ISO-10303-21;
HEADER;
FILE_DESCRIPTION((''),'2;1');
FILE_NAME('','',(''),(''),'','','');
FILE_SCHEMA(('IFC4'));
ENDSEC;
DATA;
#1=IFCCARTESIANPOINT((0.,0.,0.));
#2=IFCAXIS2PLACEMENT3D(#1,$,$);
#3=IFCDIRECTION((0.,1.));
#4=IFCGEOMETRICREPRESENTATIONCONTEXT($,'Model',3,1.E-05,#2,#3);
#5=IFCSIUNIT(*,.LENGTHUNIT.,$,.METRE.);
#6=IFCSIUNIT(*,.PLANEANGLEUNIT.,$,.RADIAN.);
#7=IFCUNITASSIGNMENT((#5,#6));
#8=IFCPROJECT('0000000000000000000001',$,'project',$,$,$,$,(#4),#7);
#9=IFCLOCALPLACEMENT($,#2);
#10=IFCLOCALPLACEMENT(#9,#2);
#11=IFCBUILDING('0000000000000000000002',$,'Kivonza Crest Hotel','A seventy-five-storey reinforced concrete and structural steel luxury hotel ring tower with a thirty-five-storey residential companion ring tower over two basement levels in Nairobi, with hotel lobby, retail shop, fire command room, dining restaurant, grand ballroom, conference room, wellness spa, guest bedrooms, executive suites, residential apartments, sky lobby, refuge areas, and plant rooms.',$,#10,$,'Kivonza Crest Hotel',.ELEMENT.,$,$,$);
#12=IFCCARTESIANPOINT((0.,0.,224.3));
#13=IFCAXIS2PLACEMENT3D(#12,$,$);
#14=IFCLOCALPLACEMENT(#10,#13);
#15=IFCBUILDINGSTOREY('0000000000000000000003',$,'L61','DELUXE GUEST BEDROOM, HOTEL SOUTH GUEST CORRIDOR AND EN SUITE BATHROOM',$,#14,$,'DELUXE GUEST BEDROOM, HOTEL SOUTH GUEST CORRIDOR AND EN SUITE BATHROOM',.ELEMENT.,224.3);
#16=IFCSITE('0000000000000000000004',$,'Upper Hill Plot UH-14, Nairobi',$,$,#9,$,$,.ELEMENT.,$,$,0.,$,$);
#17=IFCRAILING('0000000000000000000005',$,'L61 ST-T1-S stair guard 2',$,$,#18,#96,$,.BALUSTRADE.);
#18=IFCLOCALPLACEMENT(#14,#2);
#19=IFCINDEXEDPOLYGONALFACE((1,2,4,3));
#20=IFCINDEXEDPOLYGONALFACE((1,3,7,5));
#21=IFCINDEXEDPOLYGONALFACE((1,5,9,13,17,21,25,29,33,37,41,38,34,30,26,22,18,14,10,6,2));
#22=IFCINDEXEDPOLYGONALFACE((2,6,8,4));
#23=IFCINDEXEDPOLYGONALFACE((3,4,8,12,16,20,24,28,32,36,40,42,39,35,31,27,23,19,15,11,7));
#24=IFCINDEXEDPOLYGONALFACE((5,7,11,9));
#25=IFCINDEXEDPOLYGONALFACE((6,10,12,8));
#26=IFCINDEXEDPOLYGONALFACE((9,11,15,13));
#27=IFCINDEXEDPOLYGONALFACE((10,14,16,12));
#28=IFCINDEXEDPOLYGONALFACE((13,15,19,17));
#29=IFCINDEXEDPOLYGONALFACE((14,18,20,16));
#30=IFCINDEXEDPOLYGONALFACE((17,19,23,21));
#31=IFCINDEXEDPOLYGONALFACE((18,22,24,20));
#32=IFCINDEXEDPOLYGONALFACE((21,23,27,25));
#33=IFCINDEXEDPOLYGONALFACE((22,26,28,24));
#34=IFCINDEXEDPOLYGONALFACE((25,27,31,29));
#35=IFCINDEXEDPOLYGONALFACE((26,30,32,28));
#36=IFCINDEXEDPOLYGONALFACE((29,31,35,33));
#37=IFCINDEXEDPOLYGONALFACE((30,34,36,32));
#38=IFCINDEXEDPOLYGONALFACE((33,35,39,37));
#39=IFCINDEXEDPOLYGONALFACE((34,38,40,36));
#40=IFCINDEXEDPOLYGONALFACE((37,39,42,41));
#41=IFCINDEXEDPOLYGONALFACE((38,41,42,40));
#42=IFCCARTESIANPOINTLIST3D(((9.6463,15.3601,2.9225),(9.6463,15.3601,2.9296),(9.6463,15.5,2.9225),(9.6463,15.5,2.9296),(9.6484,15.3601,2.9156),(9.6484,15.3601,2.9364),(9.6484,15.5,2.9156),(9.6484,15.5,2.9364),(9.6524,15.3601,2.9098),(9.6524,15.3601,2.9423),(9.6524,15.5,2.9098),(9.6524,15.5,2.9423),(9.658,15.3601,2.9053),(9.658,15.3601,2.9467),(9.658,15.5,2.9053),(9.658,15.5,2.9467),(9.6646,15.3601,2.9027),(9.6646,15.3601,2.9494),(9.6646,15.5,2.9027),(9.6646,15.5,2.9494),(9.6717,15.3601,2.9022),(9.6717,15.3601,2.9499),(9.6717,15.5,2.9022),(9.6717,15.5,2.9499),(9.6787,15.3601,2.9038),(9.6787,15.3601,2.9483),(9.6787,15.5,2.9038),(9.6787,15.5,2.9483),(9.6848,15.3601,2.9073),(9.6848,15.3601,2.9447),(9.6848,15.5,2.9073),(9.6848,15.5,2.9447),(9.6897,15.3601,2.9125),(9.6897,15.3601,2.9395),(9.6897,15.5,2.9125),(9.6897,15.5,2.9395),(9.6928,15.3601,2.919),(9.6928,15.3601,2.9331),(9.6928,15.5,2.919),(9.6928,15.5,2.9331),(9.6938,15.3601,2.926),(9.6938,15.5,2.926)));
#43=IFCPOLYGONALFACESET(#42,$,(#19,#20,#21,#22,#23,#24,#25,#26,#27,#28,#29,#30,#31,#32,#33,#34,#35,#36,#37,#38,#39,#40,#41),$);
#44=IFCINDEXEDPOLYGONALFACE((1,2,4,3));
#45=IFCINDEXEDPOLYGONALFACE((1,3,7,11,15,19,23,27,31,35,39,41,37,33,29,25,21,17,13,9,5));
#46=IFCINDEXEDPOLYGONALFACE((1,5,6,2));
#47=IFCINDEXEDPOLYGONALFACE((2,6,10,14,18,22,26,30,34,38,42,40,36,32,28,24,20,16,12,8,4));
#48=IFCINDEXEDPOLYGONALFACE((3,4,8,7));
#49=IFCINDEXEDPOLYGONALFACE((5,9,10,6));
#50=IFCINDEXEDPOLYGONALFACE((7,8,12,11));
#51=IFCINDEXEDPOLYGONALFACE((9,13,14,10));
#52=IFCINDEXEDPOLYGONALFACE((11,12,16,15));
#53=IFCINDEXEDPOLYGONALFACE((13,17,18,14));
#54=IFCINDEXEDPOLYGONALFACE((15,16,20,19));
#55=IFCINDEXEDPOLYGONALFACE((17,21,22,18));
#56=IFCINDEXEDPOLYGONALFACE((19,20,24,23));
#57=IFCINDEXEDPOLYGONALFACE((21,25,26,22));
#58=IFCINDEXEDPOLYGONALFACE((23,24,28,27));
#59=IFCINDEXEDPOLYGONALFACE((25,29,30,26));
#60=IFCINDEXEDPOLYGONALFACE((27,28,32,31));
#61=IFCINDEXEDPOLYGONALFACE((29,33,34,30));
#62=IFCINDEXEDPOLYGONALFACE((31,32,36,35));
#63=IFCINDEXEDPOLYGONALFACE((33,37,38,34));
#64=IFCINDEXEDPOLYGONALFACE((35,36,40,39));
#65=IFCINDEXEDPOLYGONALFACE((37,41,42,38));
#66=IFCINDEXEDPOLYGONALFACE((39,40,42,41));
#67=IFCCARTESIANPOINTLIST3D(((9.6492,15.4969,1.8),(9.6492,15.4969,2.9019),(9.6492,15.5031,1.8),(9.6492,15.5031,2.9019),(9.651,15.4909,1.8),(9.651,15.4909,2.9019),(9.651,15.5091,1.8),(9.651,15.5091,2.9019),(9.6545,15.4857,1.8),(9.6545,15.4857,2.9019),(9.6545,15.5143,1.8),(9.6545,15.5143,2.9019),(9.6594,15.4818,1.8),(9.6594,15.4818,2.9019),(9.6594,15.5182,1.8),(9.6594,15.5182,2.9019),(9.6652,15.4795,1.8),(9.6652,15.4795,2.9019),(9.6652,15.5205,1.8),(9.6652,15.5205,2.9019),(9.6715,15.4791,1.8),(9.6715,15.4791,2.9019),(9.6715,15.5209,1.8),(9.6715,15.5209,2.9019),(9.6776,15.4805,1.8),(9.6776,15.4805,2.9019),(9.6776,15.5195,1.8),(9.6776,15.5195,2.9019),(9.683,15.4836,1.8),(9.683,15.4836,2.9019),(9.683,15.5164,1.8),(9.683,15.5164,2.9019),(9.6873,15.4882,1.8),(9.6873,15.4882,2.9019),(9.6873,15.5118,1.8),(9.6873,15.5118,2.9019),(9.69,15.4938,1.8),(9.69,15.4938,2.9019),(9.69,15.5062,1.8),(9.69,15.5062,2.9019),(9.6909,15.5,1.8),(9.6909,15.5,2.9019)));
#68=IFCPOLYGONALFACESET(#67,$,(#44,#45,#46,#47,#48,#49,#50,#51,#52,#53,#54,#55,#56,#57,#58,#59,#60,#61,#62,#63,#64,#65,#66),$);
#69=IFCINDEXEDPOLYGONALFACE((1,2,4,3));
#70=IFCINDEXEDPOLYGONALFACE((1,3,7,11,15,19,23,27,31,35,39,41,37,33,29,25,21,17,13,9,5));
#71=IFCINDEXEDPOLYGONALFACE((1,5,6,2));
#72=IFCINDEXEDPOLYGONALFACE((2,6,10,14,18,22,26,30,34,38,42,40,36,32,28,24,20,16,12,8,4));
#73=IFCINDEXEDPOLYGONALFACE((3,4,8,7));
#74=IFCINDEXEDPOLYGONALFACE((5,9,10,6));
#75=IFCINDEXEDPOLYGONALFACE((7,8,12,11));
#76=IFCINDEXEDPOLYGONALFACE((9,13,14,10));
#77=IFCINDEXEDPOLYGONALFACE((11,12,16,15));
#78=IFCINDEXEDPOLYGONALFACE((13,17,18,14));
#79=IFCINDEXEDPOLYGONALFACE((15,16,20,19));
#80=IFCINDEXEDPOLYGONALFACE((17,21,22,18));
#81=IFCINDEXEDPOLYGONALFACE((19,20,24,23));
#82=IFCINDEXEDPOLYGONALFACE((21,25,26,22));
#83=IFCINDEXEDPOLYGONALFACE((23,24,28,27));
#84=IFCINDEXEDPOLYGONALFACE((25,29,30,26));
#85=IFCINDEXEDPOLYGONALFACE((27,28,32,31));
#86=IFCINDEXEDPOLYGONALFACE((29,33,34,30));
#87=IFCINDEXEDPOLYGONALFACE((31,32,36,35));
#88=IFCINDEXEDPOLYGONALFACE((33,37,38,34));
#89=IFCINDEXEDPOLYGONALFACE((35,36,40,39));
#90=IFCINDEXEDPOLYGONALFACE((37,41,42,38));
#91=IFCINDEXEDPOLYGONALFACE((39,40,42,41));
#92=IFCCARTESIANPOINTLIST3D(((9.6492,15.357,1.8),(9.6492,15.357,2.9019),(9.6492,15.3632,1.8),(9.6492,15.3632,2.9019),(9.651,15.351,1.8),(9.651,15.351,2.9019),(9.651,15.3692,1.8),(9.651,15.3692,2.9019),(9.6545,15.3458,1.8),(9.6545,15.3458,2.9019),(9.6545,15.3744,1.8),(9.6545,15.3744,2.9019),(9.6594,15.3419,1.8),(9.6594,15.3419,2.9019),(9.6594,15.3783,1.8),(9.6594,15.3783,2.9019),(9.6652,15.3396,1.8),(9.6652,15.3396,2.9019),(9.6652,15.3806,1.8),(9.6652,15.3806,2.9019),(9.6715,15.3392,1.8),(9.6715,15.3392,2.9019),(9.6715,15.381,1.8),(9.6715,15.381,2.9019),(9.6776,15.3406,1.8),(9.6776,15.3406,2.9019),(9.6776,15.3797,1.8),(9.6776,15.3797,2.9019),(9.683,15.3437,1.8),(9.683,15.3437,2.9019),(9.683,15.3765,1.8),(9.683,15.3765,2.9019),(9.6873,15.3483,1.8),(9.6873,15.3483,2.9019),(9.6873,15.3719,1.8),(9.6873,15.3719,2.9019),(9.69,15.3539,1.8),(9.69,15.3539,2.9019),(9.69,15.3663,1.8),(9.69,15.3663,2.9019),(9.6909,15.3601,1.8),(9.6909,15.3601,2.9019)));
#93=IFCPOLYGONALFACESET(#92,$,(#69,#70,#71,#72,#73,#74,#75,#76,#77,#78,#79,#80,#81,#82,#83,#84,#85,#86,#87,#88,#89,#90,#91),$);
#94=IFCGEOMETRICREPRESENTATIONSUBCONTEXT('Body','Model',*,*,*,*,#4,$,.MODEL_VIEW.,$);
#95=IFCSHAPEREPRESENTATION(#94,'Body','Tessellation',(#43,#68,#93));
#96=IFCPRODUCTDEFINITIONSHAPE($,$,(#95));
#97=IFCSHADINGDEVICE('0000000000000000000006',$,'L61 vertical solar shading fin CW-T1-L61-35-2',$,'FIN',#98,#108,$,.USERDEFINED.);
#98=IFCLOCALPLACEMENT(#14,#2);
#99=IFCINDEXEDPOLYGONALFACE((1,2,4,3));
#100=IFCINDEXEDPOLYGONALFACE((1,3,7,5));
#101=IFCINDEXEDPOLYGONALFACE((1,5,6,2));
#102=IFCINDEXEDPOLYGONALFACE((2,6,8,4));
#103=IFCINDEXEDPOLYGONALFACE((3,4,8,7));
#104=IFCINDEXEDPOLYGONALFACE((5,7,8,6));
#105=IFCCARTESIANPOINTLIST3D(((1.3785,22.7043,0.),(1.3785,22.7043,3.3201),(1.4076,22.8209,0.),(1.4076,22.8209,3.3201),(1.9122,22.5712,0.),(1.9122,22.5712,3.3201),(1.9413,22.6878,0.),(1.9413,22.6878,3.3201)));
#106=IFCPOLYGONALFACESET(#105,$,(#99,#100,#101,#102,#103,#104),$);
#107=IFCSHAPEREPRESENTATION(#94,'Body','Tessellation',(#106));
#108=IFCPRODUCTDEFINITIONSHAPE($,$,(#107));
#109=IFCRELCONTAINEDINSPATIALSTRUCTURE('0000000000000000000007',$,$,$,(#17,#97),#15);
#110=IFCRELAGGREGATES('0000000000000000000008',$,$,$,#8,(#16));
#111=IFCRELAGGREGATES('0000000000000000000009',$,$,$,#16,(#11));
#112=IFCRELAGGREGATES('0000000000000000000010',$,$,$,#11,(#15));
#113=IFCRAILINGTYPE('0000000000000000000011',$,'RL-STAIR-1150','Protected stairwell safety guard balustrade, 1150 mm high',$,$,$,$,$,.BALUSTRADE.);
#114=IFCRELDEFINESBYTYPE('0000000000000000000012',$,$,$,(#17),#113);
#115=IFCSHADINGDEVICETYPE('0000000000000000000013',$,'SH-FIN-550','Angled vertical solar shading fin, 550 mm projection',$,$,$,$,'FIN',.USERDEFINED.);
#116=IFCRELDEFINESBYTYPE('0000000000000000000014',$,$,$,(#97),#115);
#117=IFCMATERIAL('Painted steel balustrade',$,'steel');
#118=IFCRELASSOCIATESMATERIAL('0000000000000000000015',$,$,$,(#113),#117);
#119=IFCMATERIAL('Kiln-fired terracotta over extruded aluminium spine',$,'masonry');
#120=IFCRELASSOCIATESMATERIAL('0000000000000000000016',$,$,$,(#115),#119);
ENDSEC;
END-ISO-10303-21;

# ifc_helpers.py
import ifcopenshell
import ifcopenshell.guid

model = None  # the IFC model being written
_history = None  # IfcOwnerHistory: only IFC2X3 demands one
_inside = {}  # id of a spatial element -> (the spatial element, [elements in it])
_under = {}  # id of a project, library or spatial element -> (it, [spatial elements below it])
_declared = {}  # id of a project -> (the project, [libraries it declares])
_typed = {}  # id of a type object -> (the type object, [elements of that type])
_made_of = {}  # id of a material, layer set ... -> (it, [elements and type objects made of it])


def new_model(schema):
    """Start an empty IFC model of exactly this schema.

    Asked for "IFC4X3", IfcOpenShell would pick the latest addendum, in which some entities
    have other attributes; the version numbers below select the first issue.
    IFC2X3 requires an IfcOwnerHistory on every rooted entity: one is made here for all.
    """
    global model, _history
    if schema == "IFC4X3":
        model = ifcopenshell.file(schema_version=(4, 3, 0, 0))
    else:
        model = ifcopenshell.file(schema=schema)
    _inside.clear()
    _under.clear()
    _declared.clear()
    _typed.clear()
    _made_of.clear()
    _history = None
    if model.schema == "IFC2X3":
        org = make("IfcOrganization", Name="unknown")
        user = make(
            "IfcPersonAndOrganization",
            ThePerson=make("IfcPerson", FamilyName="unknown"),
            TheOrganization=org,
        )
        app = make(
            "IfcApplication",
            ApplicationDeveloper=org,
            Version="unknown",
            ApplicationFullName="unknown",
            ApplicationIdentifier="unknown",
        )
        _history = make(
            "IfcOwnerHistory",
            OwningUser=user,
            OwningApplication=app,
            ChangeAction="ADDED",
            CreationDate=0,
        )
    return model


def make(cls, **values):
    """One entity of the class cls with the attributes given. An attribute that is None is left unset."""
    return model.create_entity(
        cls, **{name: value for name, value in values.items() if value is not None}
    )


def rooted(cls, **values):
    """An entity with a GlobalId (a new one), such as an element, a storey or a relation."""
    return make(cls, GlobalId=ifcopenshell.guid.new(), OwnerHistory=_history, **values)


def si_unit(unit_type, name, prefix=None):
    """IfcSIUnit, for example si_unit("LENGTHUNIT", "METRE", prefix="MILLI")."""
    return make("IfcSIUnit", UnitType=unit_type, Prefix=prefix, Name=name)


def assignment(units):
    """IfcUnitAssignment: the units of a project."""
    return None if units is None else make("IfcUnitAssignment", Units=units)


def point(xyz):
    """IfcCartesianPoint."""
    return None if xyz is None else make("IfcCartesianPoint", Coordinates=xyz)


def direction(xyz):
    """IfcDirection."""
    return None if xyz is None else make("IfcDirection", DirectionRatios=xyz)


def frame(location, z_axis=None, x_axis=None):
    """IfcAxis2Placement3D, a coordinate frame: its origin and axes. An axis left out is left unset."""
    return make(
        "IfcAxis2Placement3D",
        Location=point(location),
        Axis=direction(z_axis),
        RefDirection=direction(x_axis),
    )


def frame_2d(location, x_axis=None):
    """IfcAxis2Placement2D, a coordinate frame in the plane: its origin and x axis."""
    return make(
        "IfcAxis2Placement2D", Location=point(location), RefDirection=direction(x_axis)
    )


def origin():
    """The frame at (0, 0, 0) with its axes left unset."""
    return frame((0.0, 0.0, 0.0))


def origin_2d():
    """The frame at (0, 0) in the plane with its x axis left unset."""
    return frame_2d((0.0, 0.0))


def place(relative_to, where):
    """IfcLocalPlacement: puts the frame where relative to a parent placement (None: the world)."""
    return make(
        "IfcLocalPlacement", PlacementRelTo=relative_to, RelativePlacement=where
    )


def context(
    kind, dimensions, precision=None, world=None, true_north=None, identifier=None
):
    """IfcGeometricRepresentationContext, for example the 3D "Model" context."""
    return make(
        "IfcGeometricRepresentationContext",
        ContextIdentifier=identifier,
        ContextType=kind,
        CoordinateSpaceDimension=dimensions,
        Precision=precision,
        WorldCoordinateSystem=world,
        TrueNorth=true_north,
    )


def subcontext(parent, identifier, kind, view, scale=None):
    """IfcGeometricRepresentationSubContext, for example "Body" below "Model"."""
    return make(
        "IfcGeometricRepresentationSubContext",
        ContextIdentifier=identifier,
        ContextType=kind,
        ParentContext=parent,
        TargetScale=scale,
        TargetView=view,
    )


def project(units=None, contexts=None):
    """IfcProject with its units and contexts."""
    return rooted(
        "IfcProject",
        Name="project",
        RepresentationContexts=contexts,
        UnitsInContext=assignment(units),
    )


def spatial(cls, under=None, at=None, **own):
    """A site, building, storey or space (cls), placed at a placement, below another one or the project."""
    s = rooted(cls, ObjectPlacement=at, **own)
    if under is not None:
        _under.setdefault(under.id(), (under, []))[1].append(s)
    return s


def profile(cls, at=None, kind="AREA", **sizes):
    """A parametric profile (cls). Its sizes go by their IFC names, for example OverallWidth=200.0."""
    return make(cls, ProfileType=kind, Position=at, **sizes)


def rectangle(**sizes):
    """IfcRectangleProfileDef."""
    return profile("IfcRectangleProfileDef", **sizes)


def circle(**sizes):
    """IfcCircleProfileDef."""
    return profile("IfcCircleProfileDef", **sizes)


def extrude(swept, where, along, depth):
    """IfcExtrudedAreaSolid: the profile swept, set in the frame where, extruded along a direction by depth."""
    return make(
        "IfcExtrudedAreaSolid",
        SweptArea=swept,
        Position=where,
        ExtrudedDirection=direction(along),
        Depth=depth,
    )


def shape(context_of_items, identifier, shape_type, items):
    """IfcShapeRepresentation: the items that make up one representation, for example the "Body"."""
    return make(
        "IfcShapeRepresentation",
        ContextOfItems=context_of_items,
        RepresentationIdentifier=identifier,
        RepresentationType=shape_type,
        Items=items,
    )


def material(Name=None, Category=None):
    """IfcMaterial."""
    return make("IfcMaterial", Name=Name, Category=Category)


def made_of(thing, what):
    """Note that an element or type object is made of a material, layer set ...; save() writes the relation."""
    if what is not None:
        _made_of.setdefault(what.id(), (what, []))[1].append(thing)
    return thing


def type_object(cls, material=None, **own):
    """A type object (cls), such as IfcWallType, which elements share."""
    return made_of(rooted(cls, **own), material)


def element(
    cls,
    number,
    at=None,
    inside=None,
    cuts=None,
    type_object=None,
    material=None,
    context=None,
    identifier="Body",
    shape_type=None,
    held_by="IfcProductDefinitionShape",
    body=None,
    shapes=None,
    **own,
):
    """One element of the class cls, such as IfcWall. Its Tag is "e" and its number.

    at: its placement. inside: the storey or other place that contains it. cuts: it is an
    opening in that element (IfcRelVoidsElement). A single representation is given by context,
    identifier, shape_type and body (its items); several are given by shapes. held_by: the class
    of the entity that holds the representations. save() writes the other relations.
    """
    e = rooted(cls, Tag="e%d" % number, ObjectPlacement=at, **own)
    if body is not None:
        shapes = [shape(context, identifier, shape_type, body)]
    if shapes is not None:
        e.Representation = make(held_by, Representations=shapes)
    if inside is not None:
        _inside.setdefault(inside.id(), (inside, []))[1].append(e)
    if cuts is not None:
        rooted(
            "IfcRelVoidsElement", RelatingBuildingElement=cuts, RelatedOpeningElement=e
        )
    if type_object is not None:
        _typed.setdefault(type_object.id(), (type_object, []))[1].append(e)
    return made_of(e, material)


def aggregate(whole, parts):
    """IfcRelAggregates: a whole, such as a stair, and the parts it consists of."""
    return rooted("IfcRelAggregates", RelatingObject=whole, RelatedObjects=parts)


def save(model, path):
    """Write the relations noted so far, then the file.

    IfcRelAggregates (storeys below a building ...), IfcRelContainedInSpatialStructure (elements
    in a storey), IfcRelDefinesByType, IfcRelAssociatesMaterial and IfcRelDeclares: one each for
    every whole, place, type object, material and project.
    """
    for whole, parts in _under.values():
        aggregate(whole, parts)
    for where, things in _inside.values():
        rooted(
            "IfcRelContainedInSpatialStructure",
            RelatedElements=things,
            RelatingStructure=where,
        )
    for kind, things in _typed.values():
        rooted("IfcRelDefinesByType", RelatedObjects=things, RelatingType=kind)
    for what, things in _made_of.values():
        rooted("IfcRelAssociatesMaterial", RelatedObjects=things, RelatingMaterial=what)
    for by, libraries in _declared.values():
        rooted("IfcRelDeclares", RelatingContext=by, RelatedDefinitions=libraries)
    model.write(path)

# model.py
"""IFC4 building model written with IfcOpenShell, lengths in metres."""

from ifc_helpers import new_model, si_unit, direction, frame, origin, origin_2d, place, context, subcontext, project, spatial, rectangle, circle, extrude, material, type_object, element, save


model = new_model("IFC4")

# Units and contexts
model_context = context("Model", 3, precision=1e-05, world=origin(), true_north=direction((0.0, 1.0)))
body_context = subcontext(model_context, "Body", "Model", "MODEL_VIEW")
ifc_project = project(units=[si_unit("LENGTHUNIT", "METRE"), si_unit("PLANEANGLEUNIT", "RADIAN")], contexts=[model_context])

# Site, building, storey
site_placement = place(None, origin())
site = spatial("IfcSite", under=ifc_project, at=site_placement, Name="Upper Hill Plot UH-14, Nairobi", CompositionType="ELEMENT", RefElevation=0.0)
building_placement = place(site_placement, origin())
building = spatial("IfcBuilding", under=site, at=building_placement, Name="Kivonza Crest Hotel", Description="A seventy-five-storey reinforced concrete and structural steel luxury hotel ring tower with a thirty-five-storey residential companion ring tower over two basement levels in Nairobi, with hotel lobby, retail shop, fire command room, dining restaurant, grand ballroom, conference room, wellness spa, guest bedrooms, executive suites, residential apartments, sky lobby, refuge areas, and plant rooms.", LongName="Kivonza Crest Hotel", CompositionType="ELEMENT")
storey_placement = place(building_placement, frame((0.0, 0.0, 224.3)))
storey = spatial("IfcBuildingStorey", under=building, at=storey_placement, Name="L61", Description="DELUXE GUEST BEDROOM, HOTEL SOUTH GUEST CORRIDOR AND EN SUITE BATHROOM", LongName="DELUXE GUEST BEDROOM, HOTEL SOUTH GUEST CORRIDOR AND EN SUITE BATHROOM", CompositionType="ELEMENT", Elevation=224.3)

# Railing
ifc_material_1 = material(Name="Painted steel balustrade", Category="steel")
railing_type_1 = type_object("IfcRailingType", Name="RL-STAIR-1150", Description="Protected stairwell safety guard balustrade, 1150 mm high", PredefinedType="BALUSTRADE", material=ifc_material_1)
railing_1_placement = place(storey_placement, frame((9.6699, 15.5, 1.8)))
element("IfcRailing", 1, at=railing_1_placement, inside=storey, type_object=railing_type_1, Name="L61 ST-T1-S stair guard 2", PredefinedType="BALUSTRADE", context=body_context, shape_type="SweptSolid", body=[
    extrude(circle(Radius=0.0239, at=origin_2d()), frame((0.0, 0.0, 1.126), z_axis=(0.0, -1.0, 0.0), x_axis=(1.0, 0.0, 0.0)), (0.0, 0.0, 1.0), 0.1399),
    extrude(circle(Radius=0.021, at=origin_2d()), origin(), (0.0, 0.0, 1.0), 1.1018),
    extrude(circle(Radius=0.021, at=origin_2d()), frame((0.0, -0.1399, 0.0)), (0.0, 0.0, 1.0), 1.1018),
])

# Shading device
ifc_material_2 = material(Name="Kiln-fired terracotta over extruded aluminium spine", Category="masonry")
shading_device_type = type_object("IfcShadingDeviceType", Name="SH-FIN-550", Description="Angled vertical solar shading fin, 550 mm projection", ElementType="FIN", PredefinedType="USERDEFINED", material=ifc_material_2)
shading_device_placement = place(storey_placement, frame((1.6599, 22.696, 0.0), z_axis=(0.0, 0.0, 1.0), x_axis=(-0.241922, -0.970296, 0.0)))
element("IfcShadingDevice", 2, at=shading_device_placement, inside=storey, type_object=shading_device_type, Name="L61 vertical solar shading fin CW-T1-L61-35-2", ObjectType="FIN", PredefinedType="USERDEFINED", context=body_context, shape_type="SweptSolid", body=[
    extrude(rectangle(XDim=0.1201, YDim=0.55, at=origin_2d()), origin(), (0.0, 0.0, 1.0), 3.3201),
])

save(model, "model.ifc")
